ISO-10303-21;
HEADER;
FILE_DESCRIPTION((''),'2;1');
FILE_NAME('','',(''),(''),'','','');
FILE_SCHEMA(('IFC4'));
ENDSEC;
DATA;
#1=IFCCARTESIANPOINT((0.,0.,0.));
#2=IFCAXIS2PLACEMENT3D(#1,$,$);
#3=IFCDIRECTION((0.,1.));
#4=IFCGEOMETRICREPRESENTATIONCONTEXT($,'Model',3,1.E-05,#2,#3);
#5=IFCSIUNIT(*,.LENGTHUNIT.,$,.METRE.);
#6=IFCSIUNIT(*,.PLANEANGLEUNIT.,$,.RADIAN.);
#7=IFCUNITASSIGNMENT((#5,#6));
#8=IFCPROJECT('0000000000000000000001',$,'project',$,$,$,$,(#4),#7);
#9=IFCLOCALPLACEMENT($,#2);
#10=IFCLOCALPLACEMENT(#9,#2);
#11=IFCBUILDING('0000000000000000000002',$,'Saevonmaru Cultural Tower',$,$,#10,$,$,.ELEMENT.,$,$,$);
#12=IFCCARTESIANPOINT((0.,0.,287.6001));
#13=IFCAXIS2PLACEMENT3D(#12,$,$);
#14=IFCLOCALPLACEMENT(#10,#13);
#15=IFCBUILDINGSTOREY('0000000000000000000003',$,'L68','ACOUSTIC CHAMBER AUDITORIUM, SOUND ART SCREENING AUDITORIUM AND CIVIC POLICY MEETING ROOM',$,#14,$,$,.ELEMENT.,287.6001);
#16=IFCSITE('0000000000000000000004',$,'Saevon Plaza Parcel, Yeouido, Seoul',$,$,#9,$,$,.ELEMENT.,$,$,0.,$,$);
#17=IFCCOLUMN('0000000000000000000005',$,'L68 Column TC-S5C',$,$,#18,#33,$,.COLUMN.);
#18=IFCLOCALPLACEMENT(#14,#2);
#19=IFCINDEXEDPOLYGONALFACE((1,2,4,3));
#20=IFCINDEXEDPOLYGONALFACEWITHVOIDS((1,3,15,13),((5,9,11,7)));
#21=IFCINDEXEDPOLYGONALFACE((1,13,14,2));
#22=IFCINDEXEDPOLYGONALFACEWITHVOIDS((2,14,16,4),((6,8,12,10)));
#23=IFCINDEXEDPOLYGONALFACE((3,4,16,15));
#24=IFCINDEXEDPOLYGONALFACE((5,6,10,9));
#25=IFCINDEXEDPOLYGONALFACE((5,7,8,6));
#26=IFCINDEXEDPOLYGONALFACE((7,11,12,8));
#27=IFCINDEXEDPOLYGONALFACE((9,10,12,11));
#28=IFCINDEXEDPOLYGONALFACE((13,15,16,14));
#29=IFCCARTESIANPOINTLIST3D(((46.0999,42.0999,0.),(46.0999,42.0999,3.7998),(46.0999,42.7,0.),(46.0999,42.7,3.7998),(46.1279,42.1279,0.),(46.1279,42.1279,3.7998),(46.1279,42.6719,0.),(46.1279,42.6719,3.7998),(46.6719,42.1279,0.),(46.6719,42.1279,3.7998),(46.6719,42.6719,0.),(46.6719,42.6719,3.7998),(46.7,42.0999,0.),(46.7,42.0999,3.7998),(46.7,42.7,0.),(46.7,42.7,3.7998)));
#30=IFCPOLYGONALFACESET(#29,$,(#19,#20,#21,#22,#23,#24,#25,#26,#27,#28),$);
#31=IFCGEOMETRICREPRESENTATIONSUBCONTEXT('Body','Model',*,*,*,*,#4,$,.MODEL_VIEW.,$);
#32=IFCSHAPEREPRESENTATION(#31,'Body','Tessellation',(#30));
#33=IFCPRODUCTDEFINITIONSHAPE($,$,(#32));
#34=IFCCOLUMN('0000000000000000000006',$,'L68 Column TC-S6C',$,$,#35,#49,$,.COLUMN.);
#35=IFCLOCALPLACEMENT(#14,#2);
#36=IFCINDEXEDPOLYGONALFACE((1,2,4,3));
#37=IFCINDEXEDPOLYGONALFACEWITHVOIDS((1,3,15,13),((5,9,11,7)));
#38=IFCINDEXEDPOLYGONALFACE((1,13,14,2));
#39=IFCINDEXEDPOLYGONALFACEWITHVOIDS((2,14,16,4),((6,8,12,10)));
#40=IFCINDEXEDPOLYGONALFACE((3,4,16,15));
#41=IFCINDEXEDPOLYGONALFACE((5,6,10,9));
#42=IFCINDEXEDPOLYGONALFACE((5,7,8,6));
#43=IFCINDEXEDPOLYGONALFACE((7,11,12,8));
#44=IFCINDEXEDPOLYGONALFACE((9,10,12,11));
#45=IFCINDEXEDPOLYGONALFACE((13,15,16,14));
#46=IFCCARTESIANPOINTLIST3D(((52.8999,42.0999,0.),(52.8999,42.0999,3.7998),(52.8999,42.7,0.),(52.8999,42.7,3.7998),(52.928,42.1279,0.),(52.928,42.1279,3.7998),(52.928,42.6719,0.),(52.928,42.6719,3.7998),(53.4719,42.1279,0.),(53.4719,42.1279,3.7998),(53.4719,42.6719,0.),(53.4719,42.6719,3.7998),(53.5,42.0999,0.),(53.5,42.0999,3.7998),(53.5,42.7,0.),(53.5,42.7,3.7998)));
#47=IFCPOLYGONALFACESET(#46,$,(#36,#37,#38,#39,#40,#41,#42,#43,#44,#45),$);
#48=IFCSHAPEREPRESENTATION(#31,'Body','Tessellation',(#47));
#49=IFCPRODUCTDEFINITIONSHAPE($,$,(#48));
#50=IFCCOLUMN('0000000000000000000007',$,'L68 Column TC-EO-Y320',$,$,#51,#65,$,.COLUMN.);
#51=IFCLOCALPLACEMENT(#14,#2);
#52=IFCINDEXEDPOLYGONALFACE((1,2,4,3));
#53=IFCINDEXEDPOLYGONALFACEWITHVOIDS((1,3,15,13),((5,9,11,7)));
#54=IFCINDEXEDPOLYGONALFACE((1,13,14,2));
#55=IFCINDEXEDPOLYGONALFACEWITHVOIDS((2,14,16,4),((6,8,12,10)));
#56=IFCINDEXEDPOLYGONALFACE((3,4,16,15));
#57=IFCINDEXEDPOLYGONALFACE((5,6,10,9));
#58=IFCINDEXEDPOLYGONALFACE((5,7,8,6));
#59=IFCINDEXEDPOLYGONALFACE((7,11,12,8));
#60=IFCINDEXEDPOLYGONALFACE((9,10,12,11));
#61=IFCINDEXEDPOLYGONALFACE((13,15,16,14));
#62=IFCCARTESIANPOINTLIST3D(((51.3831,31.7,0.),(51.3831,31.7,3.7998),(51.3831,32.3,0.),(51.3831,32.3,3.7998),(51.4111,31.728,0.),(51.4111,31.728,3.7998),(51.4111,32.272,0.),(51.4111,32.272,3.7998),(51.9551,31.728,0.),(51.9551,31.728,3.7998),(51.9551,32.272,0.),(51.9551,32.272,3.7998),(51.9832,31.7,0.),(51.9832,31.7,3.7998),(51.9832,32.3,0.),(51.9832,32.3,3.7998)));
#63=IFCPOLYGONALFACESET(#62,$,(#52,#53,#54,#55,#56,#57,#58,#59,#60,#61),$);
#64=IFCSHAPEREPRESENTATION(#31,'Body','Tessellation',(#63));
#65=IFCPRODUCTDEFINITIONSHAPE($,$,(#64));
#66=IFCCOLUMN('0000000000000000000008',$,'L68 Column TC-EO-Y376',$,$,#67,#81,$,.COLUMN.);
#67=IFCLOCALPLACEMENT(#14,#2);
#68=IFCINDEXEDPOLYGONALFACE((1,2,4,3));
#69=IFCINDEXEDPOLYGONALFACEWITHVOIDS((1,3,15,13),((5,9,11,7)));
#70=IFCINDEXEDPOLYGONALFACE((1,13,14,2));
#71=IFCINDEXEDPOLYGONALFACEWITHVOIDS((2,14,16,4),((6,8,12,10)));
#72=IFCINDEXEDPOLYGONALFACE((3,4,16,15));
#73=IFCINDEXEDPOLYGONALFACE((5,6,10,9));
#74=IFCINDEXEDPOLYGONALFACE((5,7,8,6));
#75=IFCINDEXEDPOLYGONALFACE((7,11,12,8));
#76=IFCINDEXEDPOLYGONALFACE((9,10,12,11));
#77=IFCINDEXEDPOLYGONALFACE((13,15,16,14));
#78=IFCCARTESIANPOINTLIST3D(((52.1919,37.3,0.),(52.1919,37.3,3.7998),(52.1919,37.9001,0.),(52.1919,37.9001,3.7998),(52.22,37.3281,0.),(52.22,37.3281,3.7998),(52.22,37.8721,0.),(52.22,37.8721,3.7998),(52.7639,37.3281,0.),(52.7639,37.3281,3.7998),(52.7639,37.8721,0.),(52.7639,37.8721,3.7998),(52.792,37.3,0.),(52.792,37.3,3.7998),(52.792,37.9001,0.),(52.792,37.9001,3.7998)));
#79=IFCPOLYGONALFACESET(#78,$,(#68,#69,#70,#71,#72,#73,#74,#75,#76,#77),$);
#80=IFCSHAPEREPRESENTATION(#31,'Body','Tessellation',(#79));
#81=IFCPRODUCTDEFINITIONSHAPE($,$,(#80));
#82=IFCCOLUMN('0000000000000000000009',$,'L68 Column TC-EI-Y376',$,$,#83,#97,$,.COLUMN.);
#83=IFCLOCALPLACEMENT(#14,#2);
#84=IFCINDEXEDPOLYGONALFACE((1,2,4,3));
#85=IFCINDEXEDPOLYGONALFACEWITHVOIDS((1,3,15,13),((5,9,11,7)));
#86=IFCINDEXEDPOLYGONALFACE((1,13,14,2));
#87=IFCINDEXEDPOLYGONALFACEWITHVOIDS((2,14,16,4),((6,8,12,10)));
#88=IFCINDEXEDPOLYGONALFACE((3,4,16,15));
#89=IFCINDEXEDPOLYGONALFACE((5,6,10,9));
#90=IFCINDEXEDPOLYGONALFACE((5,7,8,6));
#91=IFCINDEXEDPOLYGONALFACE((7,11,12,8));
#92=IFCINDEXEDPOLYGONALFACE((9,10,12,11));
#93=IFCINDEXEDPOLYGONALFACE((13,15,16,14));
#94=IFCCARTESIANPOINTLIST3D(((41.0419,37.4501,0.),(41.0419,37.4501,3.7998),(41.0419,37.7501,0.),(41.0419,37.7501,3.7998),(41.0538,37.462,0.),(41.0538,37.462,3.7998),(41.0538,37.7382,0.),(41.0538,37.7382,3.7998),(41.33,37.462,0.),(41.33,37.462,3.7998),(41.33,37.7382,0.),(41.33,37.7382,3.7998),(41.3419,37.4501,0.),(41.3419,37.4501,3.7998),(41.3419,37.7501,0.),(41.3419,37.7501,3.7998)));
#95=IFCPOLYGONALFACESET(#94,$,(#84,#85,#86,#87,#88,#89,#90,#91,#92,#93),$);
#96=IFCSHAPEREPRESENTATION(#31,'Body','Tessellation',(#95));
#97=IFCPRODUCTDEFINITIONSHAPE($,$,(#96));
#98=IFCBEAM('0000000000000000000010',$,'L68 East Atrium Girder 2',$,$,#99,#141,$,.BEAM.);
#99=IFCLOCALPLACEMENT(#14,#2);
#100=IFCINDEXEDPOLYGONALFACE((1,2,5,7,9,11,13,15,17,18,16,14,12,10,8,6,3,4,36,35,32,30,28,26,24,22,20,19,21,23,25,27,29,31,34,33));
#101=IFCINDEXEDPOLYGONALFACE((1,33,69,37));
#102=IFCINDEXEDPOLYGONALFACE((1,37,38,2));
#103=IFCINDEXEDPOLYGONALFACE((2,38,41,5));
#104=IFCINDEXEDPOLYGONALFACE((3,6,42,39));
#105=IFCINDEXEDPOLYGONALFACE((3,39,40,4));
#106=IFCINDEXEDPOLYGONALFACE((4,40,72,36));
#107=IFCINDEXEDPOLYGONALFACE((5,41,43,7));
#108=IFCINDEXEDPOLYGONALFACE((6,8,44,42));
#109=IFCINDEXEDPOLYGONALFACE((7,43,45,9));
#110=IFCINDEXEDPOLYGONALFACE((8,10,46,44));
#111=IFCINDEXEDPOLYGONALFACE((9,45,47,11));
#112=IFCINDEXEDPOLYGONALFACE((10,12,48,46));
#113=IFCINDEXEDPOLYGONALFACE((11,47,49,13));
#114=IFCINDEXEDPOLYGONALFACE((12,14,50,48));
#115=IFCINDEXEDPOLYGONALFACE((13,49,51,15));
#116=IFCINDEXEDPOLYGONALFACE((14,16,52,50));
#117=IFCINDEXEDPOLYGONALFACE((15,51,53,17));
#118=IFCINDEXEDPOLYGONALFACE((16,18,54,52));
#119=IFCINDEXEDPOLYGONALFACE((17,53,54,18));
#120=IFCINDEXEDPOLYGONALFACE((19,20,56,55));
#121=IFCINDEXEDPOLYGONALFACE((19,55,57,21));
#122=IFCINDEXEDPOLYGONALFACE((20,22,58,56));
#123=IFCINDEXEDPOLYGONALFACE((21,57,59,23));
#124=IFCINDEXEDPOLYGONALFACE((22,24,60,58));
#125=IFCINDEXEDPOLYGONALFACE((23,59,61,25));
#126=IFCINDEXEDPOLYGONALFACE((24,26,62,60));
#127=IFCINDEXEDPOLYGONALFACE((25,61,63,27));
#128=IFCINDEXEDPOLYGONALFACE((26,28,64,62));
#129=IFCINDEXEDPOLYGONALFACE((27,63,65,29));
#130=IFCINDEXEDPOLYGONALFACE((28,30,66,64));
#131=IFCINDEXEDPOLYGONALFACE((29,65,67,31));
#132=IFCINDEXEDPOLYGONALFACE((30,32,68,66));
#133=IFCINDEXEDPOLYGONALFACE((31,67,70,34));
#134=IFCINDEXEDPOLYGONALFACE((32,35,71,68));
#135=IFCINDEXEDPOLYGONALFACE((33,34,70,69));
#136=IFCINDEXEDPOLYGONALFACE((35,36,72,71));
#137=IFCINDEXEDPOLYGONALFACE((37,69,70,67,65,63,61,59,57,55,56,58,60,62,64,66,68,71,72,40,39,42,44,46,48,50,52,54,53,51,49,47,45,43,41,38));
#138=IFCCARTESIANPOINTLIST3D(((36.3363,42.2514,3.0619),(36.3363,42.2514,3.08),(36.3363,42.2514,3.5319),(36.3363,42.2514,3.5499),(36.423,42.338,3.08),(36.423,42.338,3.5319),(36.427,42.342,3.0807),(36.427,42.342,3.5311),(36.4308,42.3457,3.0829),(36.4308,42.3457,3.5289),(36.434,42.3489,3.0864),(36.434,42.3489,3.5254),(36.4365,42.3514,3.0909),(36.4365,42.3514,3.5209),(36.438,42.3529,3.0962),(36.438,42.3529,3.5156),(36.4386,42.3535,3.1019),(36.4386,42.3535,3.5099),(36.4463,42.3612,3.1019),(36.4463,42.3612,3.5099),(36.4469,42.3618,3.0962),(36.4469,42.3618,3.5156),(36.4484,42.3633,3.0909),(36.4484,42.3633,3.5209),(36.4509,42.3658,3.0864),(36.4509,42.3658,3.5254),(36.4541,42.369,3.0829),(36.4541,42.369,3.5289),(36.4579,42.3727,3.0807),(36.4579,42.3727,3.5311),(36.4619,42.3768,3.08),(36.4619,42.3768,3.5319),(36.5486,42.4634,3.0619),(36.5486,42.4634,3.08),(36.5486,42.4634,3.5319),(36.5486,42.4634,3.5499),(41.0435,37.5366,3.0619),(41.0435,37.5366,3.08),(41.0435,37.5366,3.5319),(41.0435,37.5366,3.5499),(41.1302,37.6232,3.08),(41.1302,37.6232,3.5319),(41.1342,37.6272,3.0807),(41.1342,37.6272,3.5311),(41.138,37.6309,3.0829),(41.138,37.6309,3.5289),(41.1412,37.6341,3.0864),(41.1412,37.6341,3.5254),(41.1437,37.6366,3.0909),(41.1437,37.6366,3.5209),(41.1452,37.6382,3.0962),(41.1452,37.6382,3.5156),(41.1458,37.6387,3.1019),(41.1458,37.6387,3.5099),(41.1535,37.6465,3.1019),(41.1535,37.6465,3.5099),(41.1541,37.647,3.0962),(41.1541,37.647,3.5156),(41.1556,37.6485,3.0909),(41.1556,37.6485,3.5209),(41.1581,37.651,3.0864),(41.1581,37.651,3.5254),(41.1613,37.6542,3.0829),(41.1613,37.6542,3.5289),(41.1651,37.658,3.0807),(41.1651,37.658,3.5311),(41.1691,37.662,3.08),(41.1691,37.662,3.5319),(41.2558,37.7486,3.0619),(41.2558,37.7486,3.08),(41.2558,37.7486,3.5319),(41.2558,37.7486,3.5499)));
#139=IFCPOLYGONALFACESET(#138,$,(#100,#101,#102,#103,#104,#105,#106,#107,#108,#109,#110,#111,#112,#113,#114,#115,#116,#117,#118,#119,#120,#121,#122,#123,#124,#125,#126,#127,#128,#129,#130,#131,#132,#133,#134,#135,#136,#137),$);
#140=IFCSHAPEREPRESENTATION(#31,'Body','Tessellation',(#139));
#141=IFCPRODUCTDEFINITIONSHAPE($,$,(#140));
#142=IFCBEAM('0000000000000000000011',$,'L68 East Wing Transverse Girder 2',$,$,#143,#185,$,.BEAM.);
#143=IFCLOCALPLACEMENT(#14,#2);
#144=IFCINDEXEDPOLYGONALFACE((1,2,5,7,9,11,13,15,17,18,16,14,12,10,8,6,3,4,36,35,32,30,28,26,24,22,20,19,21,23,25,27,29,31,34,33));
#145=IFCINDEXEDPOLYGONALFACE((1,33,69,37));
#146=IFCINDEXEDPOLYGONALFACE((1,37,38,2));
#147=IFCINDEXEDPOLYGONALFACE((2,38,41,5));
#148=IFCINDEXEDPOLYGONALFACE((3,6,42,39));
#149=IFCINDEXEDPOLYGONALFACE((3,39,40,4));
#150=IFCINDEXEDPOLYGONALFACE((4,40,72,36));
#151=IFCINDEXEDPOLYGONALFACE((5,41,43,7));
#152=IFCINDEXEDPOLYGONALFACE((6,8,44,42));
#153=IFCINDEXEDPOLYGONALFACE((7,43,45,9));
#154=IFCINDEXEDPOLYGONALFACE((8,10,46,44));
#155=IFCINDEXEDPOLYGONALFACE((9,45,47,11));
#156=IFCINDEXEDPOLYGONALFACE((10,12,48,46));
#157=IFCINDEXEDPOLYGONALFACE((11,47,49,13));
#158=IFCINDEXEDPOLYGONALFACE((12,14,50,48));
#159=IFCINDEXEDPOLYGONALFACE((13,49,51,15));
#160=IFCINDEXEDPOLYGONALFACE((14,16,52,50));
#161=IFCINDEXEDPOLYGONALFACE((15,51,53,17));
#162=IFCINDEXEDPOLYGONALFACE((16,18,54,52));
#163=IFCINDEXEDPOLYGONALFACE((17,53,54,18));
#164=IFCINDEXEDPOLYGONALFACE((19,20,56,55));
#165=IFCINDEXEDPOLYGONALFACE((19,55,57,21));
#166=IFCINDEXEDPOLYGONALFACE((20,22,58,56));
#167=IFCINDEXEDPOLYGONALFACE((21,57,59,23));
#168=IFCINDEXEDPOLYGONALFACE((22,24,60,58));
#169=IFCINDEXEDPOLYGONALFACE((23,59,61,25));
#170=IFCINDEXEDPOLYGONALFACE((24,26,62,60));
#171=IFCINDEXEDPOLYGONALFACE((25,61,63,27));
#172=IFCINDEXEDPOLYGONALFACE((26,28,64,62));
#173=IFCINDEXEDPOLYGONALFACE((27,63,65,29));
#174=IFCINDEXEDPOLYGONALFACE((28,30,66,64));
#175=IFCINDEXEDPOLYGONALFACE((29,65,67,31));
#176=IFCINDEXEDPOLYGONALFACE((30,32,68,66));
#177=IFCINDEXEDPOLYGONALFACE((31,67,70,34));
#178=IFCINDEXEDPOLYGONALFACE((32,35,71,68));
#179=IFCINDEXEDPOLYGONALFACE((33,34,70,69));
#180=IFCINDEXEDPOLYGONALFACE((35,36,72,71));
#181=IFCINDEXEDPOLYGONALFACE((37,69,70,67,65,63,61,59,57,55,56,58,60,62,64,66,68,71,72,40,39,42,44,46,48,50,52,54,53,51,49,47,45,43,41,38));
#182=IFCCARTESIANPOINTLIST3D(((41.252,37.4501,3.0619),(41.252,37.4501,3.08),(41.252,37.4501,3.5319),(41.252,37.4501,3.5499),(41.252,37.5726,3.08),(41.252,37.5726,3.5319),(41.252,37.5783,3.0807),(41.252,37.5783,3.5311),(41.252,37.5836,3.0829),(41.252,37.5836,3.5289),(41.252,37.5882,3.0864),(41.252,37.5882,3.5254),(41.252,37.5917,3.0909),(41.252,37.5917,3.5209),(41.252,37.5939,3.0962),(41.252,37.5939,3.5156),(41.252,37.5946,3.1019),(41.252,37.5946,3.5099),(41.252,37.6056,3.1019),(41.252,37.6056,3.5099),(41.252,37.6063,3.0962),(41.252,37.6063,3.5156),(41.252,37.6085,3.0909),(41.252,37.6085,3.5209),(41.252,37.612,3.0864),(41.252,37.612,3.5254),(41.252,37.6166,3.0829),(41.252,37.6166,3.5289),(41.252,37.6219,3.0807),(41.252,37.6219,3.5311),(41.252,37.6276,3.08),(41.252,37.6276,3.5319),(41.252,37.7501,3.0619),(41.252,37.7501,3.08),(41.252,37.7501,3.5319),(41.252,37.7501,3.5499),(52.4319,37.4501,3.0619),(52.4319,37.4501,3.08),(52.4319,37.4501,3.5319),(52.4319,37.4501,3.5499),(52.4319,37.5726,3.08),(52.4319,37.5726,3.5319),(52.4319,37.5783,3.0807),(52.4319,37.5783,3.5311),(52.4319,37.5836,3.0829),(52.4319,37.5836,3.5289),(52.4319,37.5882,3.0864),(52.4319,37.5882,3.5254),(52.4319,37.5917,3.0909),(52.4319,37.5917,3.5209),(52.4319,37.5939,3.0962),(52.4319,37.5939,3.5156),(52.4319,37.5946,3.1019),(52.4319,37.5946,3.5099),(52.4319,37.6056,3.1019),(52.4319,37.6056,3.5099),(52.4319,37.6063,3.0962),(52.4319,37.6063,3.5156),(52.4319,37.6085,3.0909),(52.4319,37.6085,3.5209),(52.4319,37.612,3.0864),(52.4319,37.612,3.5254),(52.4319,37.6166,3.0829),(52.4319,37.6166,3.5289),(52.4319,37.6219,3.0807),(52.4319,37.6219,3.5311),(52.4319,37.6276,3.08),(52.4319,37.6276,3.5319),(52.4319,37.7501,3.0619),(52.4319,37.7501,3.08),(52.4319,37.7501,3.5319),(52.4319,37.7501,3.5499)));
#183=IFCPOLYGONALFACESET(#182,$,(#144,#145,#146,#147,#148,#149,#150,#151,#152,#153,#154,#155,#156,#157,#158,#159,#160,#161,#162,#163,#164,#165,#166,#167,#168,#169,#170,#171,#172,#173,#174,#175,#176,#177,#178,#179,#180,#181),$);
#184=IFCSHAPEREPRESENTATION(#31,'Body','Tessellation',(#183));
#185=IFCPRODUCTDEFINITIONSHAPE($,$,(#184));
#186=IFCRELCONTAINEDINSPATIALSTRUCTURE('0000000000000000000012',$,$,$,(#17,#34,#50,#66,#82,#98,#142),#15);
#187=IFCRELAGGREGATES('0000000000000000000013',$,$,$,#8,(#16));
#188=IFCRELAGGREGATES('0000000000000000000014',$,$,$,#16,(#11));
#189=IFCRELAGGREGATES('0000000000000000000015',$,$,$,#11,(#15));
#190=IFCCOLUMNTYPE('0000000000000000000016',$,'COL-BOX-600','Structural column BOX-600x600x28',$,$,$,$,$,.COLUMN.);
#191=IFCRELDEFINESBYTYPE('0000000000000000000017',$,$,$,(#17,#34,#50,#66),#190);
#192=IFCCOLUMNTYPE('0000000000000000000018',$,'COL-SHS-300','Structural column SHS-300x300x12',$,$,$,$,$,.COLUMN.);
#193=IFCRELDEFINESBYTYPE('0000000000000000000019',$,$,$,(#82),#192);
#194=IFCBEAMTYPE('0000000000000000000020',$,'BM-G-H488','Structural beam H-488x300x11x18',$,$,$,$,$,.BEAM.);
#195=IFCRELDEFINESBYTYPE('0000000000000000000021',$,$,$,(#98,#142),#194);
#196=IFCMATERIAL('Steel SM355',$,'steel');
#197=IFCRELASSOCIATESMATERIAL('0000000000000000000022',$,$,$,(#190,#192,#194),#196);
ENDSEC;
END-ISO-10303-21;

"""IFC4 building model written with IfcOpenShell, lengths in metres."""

from ifc_helpers import new_model, si_unit, direction, frame, origin, origin_2d, place, context, subcontext, project, spatial, hollow_rectangle, i_section, extrude, material, material_profile, profile_set, type_object, element, save


model = new_model("IFC4")

# Units and contexts
model_context = context("Model", 3, precision=1e-05, world=origin(), true_north=direction((0.0, 1.0)))
body_context = subcontext(model_context, "Body", "Model", "MODEL_VIEW")
ifc_project = project(units=[si_unit("LENGTHUNIT", "METRE"), si_unit("PLANEANGLEUNIT", "RADIAN")], contexts=[model_context])

# Site, building, storey
site_placement = place(None, origin())
site = spatial("IfcSite", under=ifc_project, at=site_placement, Name="Saevon Plaza Parcel, Yeouido, Seoul", CompositionType="ELEMENT", RefElevation=0.0)
building_placement = place(site_placement, origin())
building = spatial("IfcBuilding", under=site, at=building_placement, Name="Saevonmaru Cultural Tower", CompositionType="ELEMENT")
storey_placement = place(building_placement, frame((0.0, 0.0, 287.6001)))
storey = spatial("IfcBuildingStorey", under=building, at=storey_placement, Name="L68", Description="ACOUSTIC CHAMBER AUDITORIUM, SOUND ART SCREENING AUDITORIUM AND CIVIC POLICY MEETING ROOM", CompositionType="ELEMENT", Elevation=287.6001)

# Columns
ifc_material_1 = material(Name="Steel SM355", Category="steel")
ifc_material_profile_1 = material_profile(ifc_material_1, hollow_rectangle(XDim=0.6001, YDim=0.6001, WallThickness=0.0281, at=origin_2d()), Name="BOX-600x600x28")
ifc_profile_set_1 = profile_set([ifc_material_profile_1], Name="Steel SM355")
column_type_1 = type_object("IfcColumnType", Name="COL-BOX-600", Description="Structural column BOX-600x600x28", PredefinedType="COLUMN", material=ifc_profile_set_1)
for number, where, z_axis, x_axis, name in (
    (1, (46.3999, 42.3999, 0.0), (0.0, 0.0, 1.0), (1.0, 0.0, 0.0), "L68 Column TC-S5C"),
    (2, (53.2, 42.3999, 0.0), (0.0, 0.0, 1.0), (1.0, 0.0, 0.0), "L68 Column TC-S6C"),
    (3, (51.6831, 32.0, 0.0), (0.0, 0.0, 1.0), (1.0, 0.0, 0.0), "L68 Column TC-EO-Y320"),
    (4, (52.4919, 37.6001, 0.0), (0.0, 0.0, 1.0), (1.0, 0.0, 0.0), "L68 Column TC-EO-Y376"),
):
    element("IfcColumn", number, at=place(storey_placement, frame(where, z_axis=z_axis, x_axis=x_axis)), inside=storey, type_object=column_type_1, Name=name, PredefinedType="COLUMN", context=body_context, shape_type="SweptSolid", body=[
        extrude(hollow_rectangle(XDim=0.6001, YDim=0.6001, WallThickness=0.0281, at=origin_2d()), origin(), (0.0, 0.0, 1.0), 3.7998),
    ])
ifc_material_profile_2 = material_profile(ifc_material_1, hollow_rectangle(XDim=0.3, YDim=0.3, WallThickness=0.012, at=origin_2d()), Name="SHS-300x300x12")
ifc_profile_set_2 = profile_set([ifc_material_profile_2], Name="Steel SM355")
column_type_2 = type_object("IfcColumnType", Name="COL-SHS-300", Description="Structural column SHS-300x300x12", PredefinedType="COLUMN", material=ifc_profile_set_2)
column_placement = place(storey_placement, frame((41.1919, 37.6001, 0.0), z_axis=(0.0, 0.0, 1.0), x_axis=(1.0, 0.0, 0.0)))
element("IfcColumn", 5, at=column_placement, inside=storey, type_object=column_type_2, Name="L68 Column TC-EI-Y376", PredefinedType="COLUMN", context=body_context, shape_type="SweptSolid", body=[
    extrude(hollow_rectangle(XDim=0.3, YDim=0.3, WallThickness=0.012, at=origin_2d()), origin(), (0.0, 0.0, 1.0), 3.7998),
])

# Beams
ifc_material_profile_3 = material_profile(ifc_material_1, i_section(OverallWidth=0.3, OverallDepth=0.488, WebThickness=0.011, FlangeThickness=0.0181, FilletRadius=0.022, at=origin_2d()), Name="H-488x300x11x18")
ifc_profile_set_3 = profile_set([ifc_material_profile_3], Name="Steel SM355")
beam_type_1 = type_object("IfcBeamType", Name="BM-G-H488", Description="Structural beam H-488x300x11x18", PredefinedType="BEAM", material=ifc_profile_set_3)
beam_1_placement = place(storey_placement, frame((41.1497, 37.6426, 3.3059), z_axis=(-0.706539, 0.707675, 0.0), x_axis=(-0.707675, -0.706539, 0.0)))
element("IfcBeam", 6, at=beam_1_placement, inside=storey, type_object=beam_type_1, Name="L68 East Atrium Girder 2", PredefinedType="BEAM", context=body_context, shape_type="SweptSolid", body=[
    extrude(i_section(OverallWidth=0.3, OverallDepth=0.488, WebThickness=0.011, FlangeThickness=0.0181, FilletRadius=0.022, at=origin_2d()), origin(), (0.0, 0.0, 1.0), 6.6624),
])
beam_2_placement = place(storey_placement, frame((41.252, 37.6001, 3.3059), z_axis=(1.0, 0.0, 0.0), x_axis=(0.0, 1.0, 0.0)))
element("IfcBeam", 7, at=beam_2_placement, inside=storey, type_object=beam_type_1, Name="L68 East Wing Transverse Girder 2", PredefinedType="BEAM", context=body_context, shape_type="SweptSolid", body=[
    extrude(i_section(OverallWidth=0.3, OverallDepth=0.488, WebThickness=0.011, FlangeThickness=0.0181, FilletRadius=0.022, at=origin_2d()), origin(), (0.0, 0.0, 1.0), 11.1799),
])

save(model, "model.ifc")
